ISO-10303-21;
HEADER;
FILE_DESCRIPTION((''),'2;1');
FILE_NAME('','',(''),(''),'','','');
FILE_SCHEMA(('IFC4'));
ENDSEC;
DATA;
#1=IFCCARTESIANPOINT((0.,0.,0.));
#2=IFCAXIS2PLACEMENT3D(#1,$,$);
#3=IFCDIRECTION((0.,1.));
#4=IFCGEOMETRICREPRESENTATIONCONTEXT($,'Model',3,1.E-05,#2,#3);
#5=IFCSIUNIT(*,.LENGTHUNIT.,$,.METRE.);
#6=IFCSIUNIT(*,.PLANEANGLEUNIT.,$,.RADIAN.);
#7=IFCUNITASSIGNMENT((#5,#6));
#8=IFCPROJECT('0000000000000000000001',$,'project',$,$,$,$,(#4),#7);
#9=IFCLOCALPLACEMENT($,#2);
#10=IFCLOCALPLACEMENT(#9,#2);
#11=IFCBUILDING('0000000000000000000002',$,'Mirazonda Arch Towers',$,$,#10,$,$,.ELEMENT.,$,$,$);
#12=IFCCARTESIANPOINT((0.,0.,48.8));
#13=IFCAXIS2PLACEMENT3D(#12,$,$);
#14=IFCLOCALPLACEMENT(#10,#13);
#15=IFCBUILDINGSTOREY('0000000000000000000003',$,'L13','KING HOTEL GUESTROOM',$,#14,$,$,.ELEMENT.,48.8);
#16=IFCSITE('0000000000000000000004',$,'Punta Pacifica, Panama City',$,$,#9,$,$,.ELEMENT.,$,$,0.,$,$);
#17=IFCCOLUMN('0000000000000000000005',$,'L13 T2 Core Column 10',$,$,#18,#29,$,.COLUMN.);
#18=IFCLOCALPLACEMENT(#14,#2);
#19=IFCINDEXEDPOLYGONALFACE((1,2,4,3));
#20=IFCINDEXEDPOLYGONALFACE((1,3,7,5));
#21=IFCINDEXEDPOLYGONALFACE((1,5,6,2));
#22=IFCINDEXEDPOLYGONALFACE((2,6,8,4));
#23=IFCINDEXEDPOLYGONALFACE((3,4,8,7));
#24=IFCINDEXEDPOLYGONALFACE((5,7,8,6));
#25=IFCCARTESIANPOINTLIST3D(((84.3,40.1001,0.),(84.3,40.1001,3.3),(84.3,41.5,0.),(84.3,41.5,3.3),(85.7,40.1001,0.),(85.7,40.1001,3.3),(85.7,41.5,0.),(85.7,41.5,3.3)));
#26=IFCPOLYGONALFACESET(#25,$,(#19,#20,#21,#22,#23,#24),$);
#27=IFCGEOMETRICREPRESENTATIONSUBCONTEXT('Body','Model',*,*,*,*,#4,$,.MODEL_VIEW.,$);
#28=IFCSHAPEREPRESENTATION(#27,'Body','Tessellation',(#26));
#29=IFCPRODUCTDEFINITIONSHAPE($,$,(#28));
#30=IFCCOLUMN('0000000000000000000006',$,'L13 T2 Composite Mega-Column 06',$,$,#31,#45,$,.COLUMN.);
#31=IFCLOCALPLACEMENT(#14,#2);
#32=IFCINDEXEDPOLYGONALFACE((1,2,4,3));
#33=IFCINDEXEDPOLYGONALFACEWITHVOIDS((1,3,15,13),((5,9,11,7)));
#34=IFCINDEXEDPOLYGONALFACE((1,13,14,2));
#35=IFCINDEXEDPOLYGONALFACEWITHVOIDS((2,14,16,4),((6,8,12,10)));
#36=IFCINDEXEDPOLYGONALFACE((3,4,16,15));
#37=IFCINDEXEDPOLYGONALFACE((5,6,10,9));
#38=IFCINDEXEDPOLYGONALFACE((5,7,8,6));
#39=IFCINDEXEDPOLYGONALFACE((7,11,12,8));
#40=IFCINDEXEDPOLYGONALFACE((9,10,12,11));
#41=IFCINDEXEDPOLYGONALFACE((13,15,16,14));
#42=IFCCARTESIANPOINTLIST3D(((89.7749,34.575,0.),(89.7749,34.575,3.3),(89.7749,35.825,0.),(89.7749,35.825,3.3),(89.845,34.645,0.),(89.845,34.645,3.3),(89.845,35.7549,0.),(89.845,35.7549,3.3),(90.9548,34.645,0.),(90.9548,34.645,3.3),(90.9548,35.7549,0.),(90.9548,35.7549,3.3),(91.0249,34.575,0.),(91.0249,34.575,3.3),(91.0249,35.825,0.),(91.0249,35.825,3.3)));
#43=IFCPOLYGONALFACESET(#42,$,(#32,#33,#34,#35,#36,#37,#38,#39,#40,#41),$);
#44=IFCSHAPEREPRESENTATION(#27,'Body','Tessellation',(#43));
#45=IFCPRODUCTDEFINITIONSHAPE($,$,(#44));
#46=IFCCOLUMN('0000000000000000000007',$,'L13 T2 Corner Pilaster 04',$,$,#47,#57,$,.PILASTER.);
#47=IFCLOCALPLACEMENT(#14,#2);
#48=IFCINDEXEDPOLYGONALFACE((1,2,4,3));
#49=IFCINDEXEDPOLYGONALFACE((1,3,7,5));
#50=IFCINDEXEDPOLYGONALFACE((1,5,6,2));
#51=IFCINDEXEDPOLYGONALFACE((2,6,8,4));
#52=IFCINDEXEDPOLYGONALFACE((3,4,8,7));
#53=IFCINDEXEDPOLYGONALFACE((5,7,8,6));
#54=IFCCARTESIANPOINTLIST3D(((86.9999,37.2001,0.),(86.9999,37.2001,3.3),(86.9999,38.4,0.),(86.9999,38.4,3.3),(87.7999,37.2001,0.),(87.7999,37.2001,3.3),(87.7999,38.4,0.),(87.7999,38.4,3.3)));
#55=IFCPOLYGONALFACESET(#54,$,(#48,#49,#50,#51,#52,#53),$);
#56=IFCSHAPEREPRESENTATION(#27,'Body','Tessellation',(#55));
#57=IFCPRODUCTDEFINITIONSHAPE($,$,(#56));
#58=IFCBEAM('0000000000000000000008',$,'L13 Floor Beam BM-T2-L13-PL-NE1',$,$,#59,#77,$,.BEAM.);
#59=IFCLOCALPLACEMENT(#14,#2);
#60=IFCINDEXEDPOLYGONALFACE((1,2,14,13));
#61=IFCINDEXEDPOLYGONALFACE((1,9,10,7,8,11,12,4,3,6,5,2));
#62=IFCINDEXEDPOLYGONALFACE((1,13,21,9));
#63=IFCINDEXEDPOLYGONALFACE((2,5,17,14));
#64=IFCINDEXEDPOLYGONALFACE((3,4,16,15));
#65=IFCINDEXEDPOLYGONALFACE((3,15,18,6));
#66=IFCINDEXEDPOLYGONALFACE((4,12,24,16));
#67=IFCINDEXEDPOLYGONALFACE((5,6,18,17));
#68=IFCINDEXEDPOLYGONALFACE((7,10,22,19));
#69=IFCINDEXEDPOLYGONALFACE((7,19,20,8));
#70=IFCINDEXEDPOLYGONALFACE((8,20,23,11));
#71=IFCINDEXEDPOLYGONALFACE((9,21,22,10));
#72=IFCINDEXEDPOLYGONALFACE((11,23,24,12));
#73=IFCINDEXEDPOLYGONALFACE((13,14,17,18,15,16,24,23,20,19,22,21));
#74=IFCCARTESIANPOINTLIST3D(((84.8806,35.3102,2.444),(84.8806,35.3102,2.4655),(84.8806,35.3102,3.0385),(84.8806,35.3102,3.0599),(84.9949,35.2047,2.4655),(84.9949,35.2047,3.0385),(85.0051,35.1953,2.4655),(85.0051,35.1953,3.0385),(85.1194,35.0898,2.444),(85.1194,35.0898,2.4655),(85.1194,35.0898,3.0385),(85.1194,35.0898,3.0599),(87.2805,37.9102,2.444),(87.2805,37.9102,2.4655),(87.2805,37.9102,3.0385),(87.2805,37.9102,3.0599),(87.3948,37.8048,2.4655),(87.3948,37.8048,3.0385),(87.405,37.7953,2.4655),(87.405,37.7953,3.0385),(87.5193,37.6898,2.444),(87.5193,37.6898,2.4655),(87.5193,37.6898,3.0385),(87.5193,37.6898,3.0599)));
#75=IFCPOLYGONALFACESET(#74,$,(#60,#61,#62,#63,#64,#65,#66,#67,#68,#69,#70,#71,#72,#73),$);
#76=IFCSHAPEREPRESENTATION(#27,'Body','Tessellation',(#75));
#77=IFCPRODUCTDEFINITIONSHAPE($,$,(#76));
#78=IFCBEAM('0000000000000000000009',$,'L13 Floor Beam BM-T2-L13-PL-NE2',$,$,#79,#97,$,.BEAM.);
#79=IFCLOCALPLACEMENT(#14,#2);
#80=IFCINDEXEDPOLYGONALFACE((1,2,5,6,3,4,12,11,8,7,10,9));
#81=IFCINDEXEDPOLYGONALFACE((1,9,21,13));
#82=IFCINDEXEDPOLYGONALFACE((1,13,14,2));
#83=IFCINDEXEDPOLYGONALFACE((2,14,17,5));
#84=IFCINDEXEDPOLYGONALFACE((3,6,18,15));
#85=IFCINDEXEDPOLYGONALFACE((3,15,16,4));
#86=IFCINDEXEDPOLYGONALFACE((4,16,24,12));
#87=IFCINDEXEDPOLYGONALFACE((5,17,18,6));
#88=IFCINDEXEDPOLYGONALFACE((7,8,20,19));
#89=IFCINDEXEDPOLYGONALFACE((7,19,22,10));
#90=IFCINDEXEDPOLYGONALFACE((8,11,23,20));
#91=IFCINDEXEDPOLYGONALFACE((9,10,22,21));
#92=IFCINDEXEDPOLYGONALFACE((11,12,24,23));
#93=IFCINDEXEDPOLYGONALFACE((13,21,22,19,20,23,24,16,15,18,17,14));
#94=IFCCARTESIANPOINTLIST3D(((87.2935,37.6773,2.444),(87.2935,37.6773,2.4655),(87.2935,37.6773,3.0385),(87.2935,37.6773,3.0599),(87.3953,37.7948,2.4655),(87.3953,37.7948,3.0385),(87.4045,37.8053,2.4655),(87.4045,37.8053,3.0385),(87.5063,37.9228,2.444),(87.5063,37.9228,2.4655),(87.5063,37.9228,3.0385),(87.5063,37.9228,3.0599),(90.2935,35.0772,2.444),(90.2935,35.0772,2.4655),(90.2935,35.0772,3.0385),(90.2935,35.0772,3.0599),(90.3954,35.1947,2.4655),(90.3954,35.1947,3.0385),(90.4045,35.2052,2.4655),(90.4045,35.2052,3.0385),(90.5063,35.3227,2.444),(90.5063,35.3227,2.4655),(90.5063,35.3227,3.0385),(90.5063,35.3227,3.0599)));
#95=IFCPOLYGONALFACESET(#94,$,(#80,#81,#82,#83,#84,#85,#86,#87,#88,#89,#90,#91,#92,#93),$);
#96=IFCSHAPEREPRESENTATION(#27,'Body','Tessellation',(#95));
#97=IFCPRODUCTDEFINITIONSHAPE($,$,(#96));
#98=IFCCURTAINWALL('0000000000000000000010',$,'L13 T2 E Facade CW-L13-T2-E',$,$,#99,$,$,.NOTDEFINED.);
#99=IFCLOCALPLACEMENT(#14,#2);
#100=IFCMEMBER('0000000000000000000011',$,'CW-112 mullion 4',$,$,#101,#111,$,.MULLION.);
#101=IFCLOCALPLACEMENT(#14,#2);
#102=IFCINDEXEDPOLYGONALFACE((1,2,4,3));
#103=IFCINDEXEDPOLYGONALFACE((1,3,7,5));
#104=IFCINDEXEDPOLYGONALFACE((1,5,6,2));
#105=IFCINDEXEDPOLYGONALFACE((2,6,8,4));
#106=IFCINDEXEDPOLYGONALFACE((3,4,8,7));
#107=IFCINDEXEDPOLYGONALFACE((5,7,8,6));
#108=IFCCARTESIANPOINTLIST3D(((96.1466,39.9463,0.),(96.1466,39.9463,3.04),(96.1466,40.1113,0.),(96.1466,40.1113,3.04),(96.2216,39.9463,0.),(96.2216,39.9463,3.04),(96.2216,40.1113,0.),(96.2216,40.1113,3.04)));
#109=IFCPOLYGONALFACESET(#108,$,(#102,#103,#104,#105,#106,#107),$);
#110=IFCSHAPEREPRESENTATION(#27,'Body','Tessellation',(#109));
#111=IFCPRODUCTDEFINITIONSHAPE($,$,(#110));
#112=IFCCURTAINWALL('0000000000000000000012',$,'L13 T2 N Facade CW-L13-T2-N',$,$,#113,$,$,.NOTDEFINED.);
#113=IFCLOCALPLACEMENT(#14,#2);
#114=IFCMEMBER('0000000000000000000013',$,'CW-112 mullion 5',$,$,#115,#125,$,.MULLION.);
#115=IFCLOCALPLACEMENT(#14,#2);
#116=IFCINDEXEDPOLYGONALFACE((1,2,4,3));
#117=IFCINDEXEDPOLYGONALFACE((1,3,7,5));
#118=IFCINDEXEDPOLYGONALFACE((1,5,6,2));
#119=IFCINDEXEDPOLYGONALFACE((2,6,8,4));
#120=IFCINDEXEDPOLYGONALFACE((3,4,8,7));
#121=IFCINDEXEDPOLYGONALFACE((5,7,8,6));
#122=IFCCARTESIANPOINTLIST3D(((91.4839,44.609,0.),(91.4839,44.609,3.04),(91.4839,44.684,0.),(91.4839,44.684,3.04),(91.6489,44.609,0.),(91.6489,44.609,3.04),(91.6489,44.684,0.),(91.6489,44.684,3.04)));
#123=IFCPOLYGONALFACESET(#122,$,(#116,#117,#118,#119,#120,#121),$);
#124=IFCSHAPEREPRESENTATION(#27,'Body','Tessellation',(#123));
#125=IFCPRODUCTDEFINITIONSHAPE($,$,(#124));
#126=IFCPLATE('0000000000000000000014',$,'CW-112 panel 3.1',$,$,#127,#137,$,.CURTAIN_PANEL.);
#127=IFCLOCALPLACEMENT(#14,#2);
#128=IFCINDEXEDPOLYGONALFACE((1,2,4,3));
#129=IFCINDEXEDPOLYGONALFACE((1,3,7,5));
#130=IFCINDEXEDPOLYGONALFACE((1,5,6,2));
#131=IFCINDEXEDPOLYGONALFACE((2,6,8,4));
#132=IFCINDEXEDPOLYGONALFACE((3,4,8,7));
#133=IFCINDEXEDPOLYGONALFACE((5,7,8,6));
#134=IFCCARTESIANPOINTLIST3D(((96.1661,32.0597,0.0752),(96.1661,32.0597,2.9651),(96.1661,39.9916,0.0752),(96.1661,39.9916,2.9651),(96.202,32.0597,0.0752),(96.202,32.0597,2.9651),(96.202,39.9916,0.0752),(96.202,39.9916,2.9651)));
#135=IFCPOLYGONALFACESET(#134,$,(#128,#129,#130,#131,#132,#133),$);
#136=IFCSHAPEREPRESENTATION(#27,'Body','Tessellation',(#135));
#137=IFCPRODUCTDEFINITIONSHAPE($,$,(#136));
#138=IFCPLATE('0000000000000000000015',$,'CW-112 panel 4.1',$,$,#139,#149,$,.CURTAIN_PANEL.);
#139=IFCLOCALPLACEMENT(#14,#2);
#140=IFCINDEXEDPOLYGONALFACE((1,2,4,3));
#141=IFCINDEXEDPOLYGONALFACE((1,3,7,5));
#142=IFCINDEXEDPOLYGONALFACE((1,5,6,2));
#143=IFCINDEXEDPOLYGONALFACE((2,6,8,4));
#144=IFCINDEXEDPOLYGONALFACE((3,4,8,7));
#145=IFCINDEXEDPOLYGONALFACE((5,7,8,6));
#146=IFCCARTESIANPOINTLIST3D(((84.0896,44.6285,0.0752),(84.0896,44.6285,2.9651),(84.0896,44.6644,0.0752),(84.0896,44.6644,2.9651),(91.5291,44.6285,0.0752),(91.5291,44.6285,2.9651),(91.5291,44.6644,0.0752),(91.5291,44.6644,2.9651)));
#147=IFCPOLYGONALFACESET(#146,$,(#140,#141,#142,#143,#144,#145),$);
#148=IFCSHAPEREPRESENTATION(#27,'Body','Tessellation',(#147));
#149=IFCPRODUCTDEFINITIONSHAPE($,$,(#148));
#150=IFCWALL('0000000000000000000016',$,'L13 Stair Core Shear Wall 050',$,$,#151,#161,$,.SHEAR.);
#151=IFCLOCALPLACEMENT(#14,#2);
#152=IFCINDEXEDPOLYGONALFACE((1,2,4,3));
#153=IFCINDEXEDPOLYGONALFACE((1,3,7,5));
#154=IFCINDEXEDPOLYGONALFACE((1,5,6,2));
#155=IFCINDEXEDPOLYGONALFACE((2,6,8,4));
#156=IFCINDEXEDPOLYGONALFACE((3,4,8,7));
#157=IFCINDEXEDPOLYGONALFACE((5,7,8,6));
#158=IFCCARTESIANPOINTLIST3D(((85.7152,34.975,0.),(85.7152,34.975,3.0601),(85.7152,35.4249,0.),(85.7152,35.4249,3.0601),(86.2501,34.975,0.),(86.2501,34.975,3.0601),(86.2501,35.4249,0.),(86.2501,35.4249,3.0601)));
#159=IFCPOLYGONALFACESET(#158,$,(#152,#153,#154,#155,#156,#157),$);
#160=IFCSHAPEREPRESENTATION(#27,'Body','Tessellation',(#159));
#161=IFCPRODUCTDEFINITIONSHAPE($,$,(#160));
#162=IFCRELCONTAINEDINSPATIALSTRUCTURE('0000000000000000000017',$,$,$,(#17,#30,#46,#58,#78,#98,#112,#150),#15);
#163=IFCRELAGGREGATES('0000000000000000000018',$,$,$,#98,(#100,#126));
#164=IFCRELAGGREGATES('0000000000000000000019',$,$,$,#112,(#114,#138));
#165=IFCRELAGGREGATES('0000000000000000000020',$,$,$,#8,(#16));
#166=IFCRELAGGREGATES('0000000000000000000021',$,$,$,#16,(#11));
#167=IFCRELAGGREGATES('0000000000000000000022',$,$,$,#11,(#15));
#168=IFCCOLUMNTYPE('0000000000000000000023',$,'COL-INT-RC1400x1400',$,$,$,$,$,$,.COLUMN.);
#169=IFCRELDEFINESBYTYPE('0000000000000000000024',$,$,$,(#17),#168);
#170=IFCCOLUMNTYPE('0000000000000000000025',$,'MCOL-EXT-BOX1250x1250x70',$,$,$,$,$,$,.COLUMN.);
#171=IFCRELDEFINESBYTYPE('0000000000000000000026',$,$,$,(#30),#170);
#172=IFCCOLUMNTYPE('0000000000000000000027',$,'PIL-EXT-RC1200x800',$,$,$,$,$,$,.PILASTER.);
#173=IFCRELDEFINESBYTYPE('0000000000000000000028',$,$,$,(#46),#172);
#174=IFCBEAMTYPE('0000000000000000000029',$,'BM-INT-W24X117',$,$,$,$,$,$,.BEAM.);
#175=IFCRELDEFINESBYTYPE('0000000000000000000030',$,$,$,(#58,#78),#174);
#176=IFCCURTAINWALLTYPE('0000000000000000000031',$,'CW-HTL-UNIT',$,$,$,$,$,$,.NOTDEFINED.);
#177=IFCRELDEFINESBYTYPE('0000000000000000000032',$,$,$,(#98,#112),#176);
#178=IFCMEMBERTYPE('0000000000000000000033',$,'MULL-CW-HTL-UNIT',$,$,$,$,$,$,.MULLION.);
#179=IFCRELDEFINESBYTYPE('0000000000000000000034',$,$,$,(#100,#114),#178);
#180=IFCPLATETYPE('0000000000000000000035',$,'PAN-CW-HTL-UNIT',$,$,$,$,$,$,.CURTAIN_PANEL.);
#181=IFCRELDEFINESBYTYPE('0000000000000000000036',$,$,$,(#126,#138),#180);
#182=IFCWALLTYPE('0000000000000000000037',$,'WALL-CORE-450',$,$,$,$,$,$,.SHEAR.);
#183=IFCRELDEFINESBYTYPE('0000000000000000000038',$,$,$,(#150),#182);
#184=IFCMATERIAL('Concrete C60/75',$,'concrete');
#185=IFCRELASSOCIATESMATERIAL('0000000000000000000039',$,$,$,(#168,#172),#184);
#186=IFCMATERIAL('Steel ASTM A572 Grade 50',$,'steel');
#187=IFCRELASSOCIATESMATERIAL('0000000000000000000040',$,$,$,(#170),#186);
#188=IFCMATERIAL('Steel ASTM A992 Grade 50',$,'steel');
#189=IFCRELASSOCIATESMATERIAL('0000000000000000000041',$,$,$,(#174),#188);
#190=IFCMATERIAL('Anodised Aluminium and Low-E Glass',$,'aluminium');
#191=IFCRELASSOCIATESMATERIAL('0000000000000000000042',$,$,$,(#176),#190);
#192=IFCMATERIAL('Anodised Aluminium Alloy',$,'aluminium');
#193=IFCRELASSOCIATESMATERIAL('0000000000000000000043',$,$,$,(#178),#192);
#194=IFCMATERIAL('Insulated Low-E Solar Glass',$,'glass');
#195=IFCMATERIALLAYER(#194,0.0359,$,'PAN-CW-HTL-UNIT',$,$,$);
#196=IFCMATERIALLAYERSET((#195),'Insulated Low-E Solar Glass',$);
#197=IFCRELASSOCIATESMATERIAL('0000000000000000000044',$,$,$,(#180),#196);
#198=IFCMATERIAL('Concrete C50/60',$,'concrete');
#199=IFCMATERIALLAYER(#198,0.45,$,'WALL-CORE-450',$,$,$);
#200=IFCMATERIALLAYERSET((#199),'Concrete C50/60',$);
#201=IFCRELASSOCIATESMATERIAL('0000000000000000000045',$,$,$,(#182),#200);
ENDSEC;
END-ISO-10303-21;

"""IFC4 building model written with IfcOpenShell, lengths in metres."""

from ifc_helpers import new_model, si_unit, direction, frame, frame_2d, origin, origin_2d, place, context, subcontext, project, spatial, rectangle, hollow_rectangle, i_section, extrude, material, layer, layer_set, material_profile, profile_set, type_object, element, aggregate, save


model = new_model("IFC4")

# Units and contexts
model_context = context("Model", 3, precision=1e-05, world=origin(), true_north=direction((0.0, 1.0)))
body_context = subcontext(model_context, "Body", "Model", "MODEL_VIEW")
ifc_project = project(units=[si_unit("LENGTHUNIT", "METRE"), si_unit("PLANEANGLEUNIT", "RADIAN")], contexts=[model_context])

# Site, building, storey
site_placement = place(None, origin())
site = spatial("IfcSite", under=ifc_project, at=site_placement, Name="Punta Pacifica, Panama City", CompositionType="ELEMENT", RefElevation=0.0)
building_placement = place(site_placement, origin())
building = spatial("IfcBuilding", under=site, at=building_placement, Name="Mirazonda Arch Towers", CompositionType="ELEMENT")
storey_placement = place(building_placement, frame((0.0, 0.0, 48.8)))
storey = spatial("IfcBuildingStorey", under=building, at=storey_placement, Name="L13", Description="KING HOTEL GUESTROOM", CompositionType="ELEMENT", Elevation=48.8)

# Columns
ifc_material_1 = material(Name="Concrete C60/75", Category="concrete")
ifc_material_profile_1 = material_profile(ifc_material_1, rectangle(XDim=1.3999, YDim=1.3999, at=origin_2d()), Name="RC1400x1400")
ifc_profile_set_1 = profile_set([ifc_material_profile_1], Name="Concrete C60/75")
column_type_1 = type_object("IfcColumnType", Name="COL-INT-RC1400x1400", PredefinedType="COLUMN", material=ifc_profile_set_1)
column_1_placement = place(storey_placement, frame((85.0, 40.8, 0.0), z_axis=(0.0, 0.0, 1.0), x_axis=(1.0, 0.0, 0.0)))
element("IfcColumn", 1, at=column_1_placement, inside=storey, type_object=column_type_1, Name="L13 T2 Core Column 10", PredefinedType="COLUMN", context=body_context, shape_type="SweptSolid", body=[
    extrude(rectangle(XDim=1.3999, YDim=1.3999, at=origin_2d()), origin(), (0.0, 0.0, 1.0), 3.3),
])
ifc_material_2 = material(Name="Steel ASTM A572 Grade 50", Category="steel")
ifc_material_profile_2 = material_profile(ifc_material_2, hollow_rectangle(XDim=1.25, YDim=1.25, WallThickness=0.0701, at=origin_2d()), Name="BOX1250x1250x70")
ifc_profile_set_2 = profile_set([ifc_material_profile_2], Name="Steel ASTM A572 Grade 50")
column_type_2 = type_object("IfcColumnType", Name="MCOL-EXT-BOX1250x1250x70", PredefinedType="COLUMN", material=ifc_profile_set_2)
column_2_placement = place(storey_placement, frame((90.3999, 35.2, 0.0), z_axis=(0.0, 0.0, 1.0), x_axis=(1.0, 0.0, 0.0)))
element("IfcColumn", 2, at=column_2_placement, inside=storey, type_object=column_type_2, Name="L13 T2 Composite Mega-Column 06", PredefinedType="COLUMN", context=body_context, shape_type="SweptSolid", body=[
    extrude(hollow_rectangle(XDim=1.25, YDim=1.25, WallThickness=0.0701, at=origin_2d()), origin(), (0.0, 0.0, 1.0), 3.3),
])
ifc_material_profile_3 = material_profile(ifc_material_1, rectangle(XDim=0.8, YDim=1.2, at=origin_2d()), Name="RC1200x800")
ifc_profile_set_3 = profile_set([ifc_material_profile_3], Name="Concrete C60/75")
column_type_3 = type_object("IfcColumnType", Name="PIL-EXT-RC1200x800", PredefinedType="PILASTER", material=ifc_profile_set_3)
column_3_placement = place(storey_placement, frame((87.3999, 37.8, 0.0), z_axis=(0.0, 0.0, 1.0), x_axis=(1.0, 0.0, 0.0)))
element("IfcColumn", 3, at=column_3_placement, inside=storey, type_object=column_type_3, Name="L13 T2 Corner Pilaster 04", PredefinedType="PILASTER", context=body_context, shape_type="SweptSolid", body=[
    extrude(rectangle(XDim=0.8, YDim=1.2, at=origin_2d()), origin(), (0.0, 0.0, 1.0), 3.3),
])

# Beams
ifc_material_3 = material(Name="Steel ASTM A992 Grade 50", Category="steel")
ifc_material_profile_4 = material_profile(ifc_material_3, i_section(OverallWidth=0.325, OverallDepth=0.616, WebThickness=0.0139, FlangeThickness=0.0215, at=origin_2d()), Name="W24X117")
ifc_profile_set_4 = profile_set([ifc_material_profile_4], Name="Steel ASTM A992 Grade 50")
beam_type = type_object("IfcBeamType", Name="BM-INT-W24X117", PredefinedType="BEAM", material=ifc_profile_set_4)
beam_1_placement = place(storey_placement, frame((87.3999, 37.8, 2.752), z_axis=(-0.678251, -0.73483, 0.0), x_axis=(0.73483, -0.678251, 0.0)))
element("IfcBeam", 4, at=beam_1_placement, inside=storey, type_object=beam_type, Name="L13 Floor Beam BM-T2-L13-PL-NE1", PredefinedType="BEAM", context=body_context, shape_type="SweptSolid", body=[
    extrude(i_section(OverallWidth=0.325, OverallDepth=0.616, WebThickness=0.0139, FlangeThickness=0.0215, at=origin_2d()), origin(), (0.0, 0.0, 1.0), 3.5383),
])
beam_2_placement = place(storey_placement, frame((87.3999, 37.8, 2.752), z_axis=(0.755677, -0.654945, 0.0), x_axis=(0.654945, 0.755677, 0.0)))
element("IfcBeam", 5, at=beam_2_placement, inside=storey, type_object=beam_type, Name="L13 Floor Beam BM-T2-L13-PL-NE2", PredefinedType="BEAM", context=body_context, shape_type="SweptSolid", body=[
    extrude(i_section(OverallWidth=0.325, OverallDepth=0.616, WebThickness=0.0139, FlangeThickness=0.0215, at=origin_2d()), origin(), (0.0, 0.0, 1.0), 3.97),
])

# Curtain walls, members
ifc_material_4 = material(Name="Anodised Aluminium and Low-E Glass", Category="aluminium")
curtain_wall_type = type_object("IfcCurtainWallType", Name="CW-HTL-UNIT", PredefinedType="NOTDEFINED", material=ifc_material_4)
curtain_wall_1_placement = place(storey_placement, origin())
curtain_wall_1 = element("IfcCurtainWall", 6, at=curtain_wall_1_placement, inside=storey, type_object=curtain_wall_type, Name="L13 T2 E Facade CW-L13-T2-E", PredefinedType="NOTDEFINED")
ifc_material_5 = material(Name="Anodised Aluminium Alloy", Category="aluminium")
ifc_material_profile_5 = material_profile(ifc_material_5, rectangle(XDim=0.075, YDim=0.165, at=origin_2d()), Name="ALU-MULL-75x165")
ifc_profile_set_5 = profile_set([ifc_material_profile_5], Name="Anodised Aluminium Alloy")
member_type = type_object("IfcMemberType", Name="MULL-CW-HTL-UNIT", PredefinedType="MULLION", material=ifc_profile_set_5)
member_1_placement = place(storey_placement, frame((96.1841, 40.0288, 0.0), z_axis=(0.0, 0.0, 1.0), x_axis=(-1.0, 0.0, 0.0)))
member_1 = element("IfcMember", 7, at=member_1_placement, type_object=member_type, Name="CW-112 mullion 4", PredefinedType="MULLION", context=body_context, shape_type="SweptSolid", body=[
    extrude(rectangle(XDim=0.075, YDim=0.165, at=origin_2d()), origin(), (0.0, 0.0, 1.0), 3.04),
])
curtain_wall_2_placement = place(storey_placement, origin())
curtain_wall_2 = element("IfcCurtainWall", 8, at=curtain_wall_2_placement, inside=storey, type_object=curtain_wall_type, Name="L13 T2 N Facade CW-L13-T2-N", PredefinedType="NOTDEFINED")
member_2_placement = place(storey_placement, frame((91.5664, 44.6465, 0.0), z_axis=(0.0, 0.0, 1.0), x_axis=(0.0, 1.0, 0.0)))
member_2 = element("IfcMember", 9, at=member_2_placement, type_object=member_type, Name="CW-112 mullion 5", PredefinedType="MULLION", context=body_context, shape_type="SweptSolid", body=[
    extrude(rectangle(XDim=0.075, YDim=0.165, at=origin_2d()), origin(), (0.0, 0.0, 1.0), 3.04),
])

# Plates
ifc_material_6 = material(Name="Insulated Low-E Solar Glass", Category="glass")
ifc_layer_1 = layer(ifc_material_6, 0.0359, Name="PAN-CW-HTL-UNIT")
ifc_layer_set_1 = layer_set([ifc_layer_1], Name="Insulated Low-E Solar Glass")
plate_type = type_object("IfcPlateType", Name="PAN-CW-HTL-UNIT", PredefinedType="CURTAIN_PANEL", material=ifc_layer_set_1)
plate_1_placement = place(storey_placement, frame((96.1841, 36.0256, 0.0752), z_axis=(0.0, 0.0, 1.0), x_axis=(0.0, 1.0, 0.0)))
plate_1 = element("IfcPlate", 10, at=plate_1_placement, type_object=plate_type, Name="CW-112 panel 3.1", PredefinedType="CURTAIN_PANEL", context=body_context, shape_type="SweptSolid", body=[
    extrude(rectangle(XDim=7.9319, YDim=0.0359, at=origin_2d()), origin(), (0.0, 0.0, 1.0), 2.8899),
])
aggregate(curtain_wall_1, [member_1, plate_1])
plate_2_placement = place(storey_placement, frame((87.8093, 44.6465, 0.0752), z_axis=(0.0, 0.0, 1.0), x_axis=(1.0, 0.0, 0.0)))
plate_2 = element("IfcPlate", 11, at=plate_2_placement, type_object=plate_type, Name="CW-112 panel 4.1", PredefinedType="CURTAIN_PANEL", context=body_context, shape_type="SweptSolid", body=[
    extrude(rectangle(XDim=7.4395, YDim=0.0359, at=origin_2d()), origin(), (0.0, 0.0, 1.0), 2.8899),
])
aggregate(curtain_wall_2, [member_2, plate_2])

# Wall
ifc_material_7 = material(Name="Concrete C50/60", Category="concrete")
ifc_layer_2 = layer(ifc_material_7, 0.45, Name="WALL-CORE-450")
ifc_layer_set_2 = layer_set([ifc_layer_2], Name="Concrete C50/60")
wall_type_1 = type_object("IfcWallType", Name="WALL-CORE-450", PredefinedType="SHEAR", material=ifc_layer_set_2)
wall_1_placement = place(storey_placement, frame((85.7151, 35.2, 0.0), z_axis=(0.0, 0.0, 1.0), x_axis=(1.0, 0.0, 0.0)))
element("IfcWall", 12, at=wall_1_placement, inside=storey, type_object=wall_type_1, Name="L13 Stair Core Shear Wall 050", PredefinedType="SHEAR", context=body_context, shape_type="SweptSolid", body=[
    extrude(rectangle(XDim=0.5349, YDim=0.45, at=frame_2d((0.2676, 0.0))), origin(), (0.0, 0.0, 1.0), 3.0601),
])

save(model, "model.ifc")
